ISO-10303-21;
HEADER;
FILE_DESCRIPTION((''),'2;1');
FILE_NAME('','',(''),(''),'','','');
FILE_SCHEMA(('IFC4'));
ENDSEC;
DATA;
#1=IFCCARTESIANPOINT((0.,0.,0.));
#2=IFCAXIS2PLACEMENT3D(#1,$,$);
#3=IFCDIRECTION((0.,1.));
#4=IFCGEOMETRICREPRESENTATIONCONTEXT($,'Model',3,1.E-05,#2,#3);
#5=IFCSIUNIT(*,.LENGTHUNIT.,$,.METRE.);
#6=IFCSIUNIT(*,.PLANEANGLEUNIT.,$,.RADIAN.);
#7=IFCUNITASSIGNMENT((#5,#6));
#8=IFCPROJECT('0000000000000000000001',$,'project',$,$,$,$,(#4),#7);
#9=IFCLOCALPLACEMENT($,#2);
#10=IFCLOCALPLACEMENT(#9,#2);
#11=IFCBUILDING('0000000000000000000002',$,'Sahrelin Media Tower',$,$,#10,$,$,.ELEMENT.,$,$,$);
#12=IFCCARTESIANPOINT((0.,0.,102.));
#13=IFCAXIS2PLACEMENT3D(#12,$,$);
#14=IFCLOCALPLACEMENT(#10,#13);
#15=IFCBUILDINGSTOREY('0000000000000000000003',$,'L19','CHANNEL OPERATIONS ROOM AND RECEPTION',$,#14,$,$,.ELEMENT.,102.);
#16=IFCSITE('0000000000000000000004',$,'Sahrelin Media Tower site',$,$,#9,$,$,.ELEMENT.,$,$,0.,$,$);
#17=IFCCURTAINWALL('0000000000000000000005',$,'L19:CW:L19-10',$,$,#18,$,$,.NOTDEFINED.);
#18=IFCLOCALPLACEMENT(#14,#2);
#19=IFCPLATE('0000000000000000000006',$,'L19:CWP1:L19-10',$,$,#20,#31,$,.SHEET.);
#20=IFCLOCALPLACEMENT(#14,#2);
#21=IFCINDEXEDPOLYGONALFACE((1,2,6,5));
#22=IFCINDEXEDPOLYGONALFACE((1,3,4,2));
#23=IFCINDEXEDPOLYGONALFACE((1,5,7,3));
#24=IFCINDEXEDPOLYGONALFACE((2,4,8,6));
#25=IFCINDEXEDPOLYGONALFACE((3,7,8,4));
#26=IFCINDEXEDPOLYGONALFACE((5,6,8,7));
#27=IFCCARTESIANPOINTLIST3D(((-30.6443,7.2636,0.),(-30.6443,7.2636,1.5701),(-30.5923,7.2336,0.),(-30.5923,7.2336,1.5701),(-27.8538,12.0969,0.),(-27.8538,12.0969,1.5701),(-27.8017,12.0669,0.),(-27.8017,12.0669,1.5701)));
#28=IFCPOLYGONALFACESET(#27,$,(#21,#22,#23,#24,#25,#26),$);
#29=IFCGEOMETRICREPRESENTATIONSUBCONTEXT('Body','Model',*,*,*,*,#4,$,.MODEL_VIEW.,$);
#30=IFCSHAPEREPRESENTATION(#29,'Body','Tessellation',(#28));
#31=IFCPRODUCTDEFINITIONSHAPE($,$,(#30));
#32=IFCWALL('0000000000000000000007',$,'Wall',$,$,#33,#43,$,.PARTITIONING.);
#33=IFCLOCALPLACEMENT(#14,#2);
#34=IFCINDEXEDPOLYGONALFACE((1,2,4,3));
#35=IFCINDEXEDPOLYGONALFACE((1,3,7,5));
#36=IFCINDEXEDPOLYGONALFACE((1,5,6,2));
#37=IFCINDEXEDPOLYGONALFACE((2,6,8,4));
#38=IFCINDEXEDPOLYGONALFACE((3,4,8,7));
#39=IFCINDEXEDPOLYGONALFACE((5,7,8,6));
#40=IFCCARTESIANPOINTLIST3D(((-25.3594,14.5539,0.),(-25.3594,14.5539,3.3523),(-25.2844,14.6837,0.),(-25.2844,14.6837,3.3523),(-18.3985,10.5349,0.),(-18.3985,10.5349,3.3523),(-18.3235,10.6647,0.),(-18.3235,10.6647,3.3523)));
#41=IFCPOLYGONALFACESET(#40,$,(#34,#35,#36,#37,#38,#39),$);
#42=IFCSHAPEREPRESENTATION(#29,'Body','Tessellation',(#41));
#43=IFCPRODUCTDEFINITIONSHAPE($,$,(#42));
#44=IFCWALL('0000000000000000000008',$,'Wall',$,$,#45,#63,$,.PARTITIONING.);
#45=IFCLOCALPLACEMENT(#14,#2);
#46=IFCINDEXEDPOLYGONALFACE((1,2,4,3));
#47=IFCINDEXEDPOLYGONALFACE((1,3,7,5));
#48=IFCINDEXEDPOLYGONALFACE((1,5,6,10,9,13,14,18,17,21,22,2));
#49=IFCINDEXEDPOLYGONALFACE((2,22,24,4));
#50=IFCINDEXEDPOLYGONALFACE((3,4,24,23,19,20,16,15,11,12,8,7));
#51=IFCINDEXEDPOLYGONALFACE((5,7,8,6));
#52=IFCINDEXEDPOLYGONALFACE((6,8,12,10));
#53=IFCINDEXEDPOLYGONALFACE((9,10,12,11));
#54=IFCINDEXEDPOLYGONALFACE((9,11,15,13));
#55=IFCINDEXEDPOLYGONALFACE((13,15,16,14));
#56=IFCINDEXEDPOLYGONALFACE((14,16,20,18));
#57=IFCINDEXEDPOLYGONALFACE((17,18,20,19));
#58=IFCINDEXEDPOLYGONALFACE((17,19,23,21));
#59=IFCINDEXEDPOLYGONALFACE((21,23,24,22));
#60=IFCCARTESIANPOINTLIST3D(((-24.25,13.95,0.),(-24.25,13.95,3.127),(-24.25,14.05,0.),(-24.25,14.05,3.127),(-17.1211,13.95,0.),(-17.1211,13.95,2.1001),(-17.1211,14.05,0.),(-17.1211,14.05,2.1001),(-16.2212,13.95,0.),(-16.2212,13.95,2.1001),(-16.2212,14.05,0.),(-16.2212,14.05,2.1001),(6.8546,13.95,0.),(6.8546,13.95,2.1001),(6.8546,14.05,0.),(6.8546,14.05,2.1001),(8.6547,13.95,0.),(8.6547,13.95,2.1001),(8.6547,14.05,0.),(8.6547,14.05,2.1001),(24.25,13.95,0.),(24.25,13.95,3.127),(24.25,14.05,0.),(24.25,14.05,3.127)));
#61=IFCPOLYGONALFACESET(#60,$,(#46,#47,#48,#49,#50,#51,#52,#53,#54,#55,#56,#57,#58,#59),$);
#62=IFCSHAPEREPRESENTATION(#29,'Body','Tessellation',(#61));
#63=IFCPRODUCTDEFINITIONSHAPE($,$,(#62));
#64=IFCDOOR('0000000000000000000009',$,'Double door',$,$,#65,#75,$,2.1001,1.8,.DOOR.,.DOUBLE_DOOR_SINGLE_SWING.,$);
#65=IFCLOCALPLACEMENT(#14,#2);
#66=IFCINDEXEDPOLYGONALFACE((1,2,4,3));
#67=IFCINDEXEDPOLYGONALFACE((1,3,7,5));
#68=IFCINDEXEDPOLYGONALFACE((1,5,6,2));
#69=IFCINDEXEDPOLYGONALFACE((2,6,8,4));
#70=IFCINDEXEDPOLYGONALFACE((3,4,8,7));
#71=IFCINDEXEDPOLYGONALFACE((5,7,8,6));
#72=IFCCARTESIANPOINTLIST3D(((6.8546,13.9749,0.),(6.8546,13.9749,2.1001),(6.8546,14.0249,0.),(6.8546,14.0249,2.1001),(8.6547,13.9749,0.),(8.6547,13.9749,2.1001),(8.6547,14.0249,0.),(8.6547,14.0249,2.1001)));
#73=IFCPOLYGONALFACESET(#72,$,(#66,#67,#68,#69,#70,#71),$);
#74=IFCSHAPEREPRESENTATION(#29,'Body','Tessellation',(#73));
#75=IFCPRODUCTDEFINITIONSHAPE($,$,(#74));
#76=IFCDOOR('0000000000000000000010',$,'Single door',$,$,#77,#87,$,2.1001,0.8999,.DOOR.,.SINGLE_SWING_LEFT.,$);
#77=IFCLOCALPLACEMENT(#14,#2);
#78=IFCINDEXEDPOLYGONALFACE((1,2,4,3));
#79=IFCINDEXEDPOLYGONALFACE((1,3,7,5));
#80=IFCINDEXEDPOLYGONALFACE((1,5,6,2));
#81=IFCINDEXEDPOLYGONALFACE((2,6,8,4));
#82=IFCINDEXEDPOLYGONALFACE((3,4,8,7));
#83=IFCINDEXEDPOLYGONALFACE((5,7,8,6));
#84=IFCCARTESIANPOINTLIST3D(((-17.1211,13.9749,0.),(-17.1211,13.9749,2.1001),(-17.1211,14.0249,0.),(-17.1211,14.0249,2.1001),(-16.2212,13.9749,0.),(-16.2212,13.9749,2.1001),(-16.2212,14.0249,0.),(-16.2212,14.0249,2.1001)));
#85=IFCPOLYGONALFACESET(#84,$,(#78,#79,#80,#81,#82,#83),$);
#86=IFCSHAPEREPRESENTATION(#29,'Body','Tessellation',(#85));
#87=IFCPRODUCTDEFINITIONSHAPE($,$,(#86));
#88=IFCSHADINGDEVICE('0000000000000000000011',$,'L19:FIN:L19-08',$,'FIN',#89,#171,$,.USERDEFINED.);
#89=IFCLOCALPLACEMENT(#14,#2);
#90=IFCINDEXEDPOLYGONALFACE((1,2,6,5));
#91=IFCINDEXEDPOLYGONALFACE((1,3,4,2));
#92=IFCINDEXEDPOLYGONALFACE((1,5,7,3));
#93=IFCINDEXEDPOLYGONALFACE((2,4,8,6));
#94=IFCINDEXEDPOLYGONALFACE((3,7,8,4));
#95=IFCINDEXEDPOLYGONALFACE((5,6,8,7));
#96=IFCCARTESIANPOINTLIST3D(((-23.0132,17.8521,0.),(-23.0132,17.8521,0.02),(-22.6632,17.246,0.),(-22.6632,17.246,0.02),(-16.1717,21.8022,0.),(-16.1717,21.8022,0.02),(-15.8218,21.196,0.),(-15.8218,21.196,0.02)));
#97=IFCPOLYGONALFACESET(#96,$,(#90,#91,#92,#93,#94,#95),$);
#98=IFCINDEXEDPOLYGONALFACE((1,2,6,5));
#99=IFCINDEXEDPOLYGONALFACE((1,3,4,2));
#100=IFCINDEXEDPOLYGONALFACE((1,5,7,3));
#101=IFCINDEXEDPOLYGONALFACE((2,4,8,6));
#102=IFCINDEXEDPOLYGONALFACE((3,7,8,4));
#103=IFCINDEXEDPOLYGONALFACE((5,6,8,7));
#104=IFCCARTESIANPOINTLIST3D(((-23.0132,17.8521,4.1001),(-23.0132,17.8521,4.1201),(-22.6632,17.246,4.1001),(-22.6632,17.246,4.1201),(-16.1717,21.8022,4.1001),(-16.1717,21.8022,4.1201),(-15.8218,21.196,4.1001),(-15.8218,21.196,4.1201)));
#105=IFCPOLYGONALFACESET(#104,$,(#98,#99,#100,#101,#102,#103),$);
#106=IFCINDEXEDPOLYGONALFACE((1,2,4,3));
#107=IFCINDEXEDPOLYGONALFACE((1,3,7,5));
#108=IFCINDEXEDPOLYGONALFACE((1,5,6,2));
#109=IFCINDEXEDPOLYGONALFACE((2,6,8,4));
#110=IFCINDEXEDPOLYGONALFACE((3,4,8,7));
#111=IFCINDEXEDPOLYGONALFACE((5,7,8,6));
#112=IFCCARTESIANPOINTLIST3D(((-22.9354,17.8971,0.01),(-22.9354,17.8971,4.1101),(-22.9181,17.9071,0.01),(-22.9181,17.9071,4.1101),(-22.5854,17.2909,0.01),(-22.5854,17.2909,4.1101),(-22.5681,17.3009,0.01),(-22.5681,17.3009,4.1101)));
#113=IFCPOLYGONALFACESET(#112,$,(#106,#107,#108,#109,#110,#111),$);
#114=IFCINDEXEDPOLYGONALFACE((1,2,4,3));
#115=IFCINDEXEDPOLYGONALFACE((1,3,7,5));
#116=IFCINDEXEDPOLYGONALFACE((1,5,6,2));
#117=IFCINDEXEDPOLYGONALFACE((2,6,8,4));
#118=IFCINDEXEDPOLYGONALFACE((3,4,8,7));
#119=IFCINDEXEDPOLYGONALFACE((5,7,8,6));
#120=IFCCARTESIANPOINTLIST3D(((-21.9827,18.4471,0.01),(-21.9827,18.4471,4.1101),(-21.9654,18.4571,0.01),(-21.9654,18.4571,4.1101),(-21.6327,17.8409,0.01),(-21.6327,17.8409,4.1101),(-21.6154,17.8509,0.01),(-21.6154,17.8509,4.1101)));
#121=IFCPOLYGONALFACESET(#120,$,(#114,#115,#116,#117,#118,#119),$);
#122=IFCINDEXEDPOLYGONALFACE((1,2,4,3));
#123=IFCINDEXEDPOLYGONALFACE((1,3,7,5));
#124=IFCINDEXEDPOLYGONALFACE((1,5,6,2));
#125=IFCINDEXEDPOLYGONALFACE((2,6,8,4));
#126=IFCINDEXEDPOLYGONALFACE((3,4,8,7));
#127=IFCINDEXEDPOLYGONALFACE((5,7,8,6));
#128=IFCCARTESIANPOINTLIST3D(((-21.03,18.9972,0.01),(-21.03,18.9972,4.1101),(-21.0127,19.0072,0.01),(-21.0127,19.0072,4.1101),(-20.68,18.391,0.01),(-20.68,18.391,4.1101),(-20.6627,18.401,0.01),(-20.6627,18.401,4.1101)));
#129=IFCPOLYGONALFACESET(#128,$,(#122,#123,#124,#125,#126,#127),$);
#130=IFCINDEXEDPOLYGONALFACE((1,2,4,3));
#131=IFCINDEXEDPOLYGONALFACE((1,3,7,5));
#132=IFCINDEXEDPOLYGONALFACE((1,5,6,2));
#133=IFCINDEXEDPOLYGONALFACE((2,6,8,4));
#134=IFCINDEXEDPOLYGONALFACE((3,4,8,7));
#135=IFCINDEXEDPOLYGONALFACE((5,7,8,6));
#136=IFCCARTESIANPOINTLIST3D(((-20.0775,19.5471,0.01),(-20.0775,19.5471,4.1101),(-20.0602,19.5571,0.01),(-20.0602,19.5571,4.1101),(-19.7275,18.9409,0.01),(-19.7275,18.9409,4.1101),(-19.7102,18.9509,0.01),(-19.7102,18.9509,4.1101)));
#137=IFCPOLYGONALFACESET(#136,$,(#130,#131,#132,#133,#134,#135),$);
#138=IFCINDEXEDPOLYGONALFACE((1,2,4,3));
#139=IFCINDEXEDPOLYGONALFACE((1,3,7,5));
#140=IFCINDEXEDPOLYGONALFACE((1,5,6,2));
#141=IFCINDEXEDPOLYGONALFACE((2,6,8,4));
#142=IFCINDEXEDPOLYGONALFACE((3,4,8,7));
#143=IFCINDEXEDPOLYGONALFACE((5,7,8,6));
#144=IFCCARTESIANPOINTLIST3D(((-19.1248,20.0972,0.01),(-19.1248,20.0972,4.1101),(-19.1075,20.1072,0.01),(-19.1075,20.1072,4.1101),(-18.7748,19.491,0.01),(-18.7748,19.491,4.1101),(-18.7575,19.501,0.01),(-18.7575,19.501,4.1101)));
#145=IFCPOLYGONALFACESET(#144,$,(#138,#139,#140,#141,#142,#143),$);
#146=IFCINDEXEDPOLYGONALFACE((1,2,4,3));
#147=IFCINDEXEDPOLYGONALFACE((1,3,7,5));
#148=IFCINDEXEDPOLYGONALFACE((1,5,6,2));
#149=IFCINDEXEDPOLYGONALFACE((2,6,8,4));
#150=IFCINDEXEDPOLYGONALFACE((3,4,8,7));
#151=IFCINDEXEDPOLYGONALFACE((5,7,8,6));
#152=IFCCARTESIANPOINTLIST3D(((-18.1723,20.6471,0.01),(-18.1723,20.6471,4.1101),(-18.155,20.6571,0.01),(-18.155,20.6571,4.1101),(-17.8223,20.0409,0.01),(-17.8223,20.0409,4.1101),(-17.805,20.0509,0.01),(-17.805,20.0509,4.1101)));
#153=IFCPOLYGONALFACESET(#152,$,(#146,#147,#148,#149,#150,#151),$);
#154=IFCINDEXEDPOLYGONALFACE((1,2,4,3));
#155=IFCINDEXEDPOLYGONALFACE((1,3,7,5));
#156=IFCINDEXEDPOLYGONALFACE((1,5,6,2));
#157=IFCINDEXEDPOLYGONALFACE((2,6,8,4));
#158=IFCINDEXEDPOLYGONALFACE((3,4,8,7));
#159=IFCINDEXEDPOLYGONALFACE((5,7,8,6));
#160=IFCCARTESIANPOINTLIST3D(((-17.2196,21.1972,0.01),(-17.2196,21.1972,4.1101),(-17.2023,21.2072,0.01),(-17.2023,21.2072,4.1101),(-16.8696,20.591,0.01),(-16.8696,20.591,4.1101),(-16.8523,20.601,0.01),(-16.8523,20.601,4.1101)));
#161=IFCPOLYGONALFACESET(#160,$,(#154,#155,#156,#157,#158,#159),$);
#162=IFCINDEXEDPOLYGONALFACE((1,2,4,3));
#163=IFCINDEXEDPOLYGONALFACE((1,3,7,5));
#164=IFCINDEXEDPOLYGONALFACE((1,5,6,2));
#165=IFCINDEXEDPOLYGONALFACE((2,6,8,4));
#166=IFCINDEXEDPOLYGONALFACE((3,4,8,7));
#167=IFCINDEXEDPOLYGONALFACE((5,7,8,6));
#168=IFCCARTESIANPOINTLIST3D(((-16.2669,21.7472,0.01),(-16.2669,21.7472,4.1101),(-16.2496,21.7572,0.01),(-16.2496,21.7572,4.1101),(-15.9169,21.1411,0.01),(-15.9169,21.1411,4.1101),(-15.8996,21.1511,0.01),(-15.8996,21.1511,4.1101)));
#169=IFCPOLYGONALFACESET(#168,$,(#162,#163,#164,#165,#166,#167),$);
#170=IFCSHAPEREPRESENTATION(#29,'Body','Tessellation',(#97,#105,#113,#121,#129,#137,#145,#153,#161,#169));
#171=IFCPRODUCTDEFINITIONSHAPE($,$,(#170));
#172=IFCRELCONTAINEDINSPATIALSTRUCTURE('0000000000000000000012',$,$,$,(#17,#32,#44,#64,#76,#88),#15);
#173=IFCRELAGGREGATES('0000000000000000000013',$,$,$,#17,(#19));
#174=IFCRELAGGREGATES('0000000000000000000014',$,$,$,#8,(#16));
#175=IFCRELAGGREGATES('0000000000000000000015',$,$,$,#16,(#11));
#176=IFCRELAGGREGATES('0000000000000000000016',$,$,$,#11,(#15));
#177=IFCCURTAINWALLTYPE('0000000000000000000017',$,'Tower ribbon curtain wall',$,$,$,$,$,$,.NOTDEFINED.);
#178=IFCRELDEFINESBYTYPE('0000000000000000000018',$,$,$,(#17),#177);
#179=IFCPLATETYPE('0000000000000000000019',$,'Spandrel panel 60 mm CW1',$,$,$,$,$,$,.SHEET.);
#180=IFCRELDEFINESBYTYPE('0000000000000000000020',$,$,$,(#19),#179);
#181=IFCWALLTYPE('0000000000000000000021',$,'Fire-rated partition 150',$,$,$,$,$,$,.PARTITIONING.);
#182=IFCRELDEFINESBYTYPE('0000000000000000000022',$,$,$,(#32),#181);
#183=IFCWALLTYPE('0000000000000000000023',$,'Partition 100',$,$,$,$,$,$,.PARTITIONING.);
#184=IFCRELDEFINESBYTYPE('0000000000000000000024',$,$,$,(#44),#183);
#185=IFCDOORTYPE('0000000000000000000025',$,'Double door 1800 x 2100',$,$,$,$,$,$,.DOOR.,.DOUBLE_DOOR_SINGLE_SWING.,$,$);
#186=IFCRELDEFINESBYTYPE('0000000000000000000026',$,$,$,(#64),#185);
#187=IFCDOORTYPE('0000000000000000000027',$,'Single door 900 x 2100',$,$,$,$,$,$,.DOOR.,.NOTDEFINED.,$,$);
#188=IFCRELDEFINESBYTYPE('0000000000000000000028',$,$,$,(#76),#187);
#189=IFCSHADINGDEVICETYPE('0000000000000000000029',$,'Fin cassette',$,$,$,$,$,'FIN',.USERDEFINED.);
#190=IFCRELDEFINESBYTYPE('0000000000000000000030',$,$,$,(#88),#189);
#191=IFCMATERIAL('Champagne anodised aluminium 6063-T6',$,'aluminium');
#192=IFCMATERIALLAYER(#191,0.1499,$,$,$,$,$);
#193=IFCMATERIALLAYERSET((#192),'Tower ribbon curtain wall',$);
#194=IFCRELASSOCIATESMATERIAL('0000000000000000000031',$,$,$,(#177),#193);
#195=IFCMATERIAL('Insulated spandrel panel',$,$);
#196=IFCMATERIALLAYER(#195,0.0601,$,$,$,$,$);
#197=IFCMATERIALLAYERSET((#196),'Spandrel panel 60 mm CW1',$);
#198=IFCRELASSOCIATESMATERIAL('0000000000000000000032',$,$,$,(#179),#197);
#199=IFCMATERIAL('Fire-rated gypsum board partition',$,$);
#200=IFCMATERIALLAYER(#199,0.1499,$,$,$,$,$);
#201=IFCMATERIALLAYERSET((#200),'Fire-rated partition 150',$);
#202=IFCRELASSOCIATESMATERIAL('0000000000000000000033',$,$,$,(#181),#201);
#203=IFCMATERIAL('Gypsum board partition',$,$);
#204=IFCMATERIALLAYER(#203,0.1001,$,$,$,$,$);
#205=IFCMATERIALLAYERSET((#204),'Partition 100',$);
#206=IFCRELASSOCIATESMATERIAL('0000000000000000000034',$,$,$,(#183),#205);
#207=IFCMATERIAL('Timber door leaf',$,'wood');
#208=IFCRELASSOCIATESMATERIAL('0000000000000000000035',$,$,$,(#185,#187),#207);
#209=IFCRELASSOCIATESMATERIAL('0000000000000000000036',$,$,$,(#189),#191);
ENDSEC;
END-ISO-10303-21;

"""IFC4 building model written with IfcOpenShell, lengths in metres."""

from ifc_helpers import new_model, si_unit, direction, frame, frame_2d, origin, origin_2d, place, context, subcontext, project, spatial, polyline, rectangle, outline, extrude, material, layer, layer_set, type_object, element, fill, aggregate, save


model = new_model("IFC4")

# Units and contexts
model_context = context("Model", 3, precision=1e-05, world=origin(), true_north=direction((0.0, 1.0)))
body_context = subcontext(model_context, "Body", "Model", "MODEL_VIEW")
ifc_project = project(units=[si_unit("LENGTHUNIT", "METRE"), si_unit("PLANEANGLEUNIT", "RADIAN")], contexts=[model_context])

# Site, building, storey
site_placement = place(None, origin())
site = spatial("IfcSite", under=ifc_project, at=site_placement, Name="Sahrelin Media Tower site", CompositionType="ELEMENT", RefElevation=0.0)
building_placement = place(site_placement, origin())
building = spatial("IfcBuilding", under=site, at=building_placement, Name="Sahrelin Media Tower", CompositionType="ELEMENT")
storey_placement = place(building_placement, frame((0.0, 0.0, 102.0)))
storey = spatial("IfcBuildingStorey", under=building, at=storey_placement, Name="L19", Description="CHANNEL OPERATIONS ROOM AND RECEPTION", CompositionType="ELEMENT", Elevation=102.0)

# Shared definitions
ifc_material_1 = material(Name="Champagne anodised aluminium 6063-T6", Category="aluminium")
ifc_layer_1 = layer(ifc_material_1, 0.1499)
ifc_layer_set_1 = layer_set([ifc_layer_1], Name="Tower ribbon curtain wall")
curtain_wall_type = type_object("IfcCurtainWallType", Name="Tower ribbon curtain wall", PredefinedType="NOTDEFINED", material=ifc_layer_set_1)

# Curtain wall
curtain_wall_1_placement = place(storey_placement, frame((-29.2317, 9.6704, 0.0), z_axis=(0.0, 0.0, 1.0), x_axis=(1.0, 0.0, 0.0)))
curtain_wall_1 = element("IfcCurtainWall", 1, at=curtain_wall_1_placement, inside=storey, type_object=curtain_wall_type, Name="L19:CW:L19-10", PredefinedType="NOTDEFINED")

# Plate
ifc_material_2 = material(Name="Insulated spandrel panel")
ifc_layer_2 = layer(ifc_material_2, 0.0601)
ifc_layer_set_2 = layer_set([ifc_layer_2], Name="Spandrel panel 60 mm CW1")
plate_type_1 = type_object("IfcPlateType", Name="Spandrel panel 60 mm CW1", PredefinedType="SHEET", material=ifc_layer_set_2)
plate_1_placement = place(storey_placement, frame((-27.8538, 12.0969, 0.0), z_axis=(-0.866022, 0.500006, 0.0), x_axis=(-0.500006, -0.866022, 0.0)))
plate_1 = element("IfcPlate", 2, at=plate_1_placement, type_object=plate_type_1, Name="L19:CWP1:L19-10", PredefinedType="SHEET", context=body_context, shape_type="SweptSolid", body=[
    extrude(outline(polyline([(0.0, 0.0), (5.5811, 0.0), (5.5811, 1.5701), (0.0, 1.5701), (0.0, 0.0)])), origin(), (0.0, 0.0, -1.0), 0.0601),
])
aggregate(curtain_wall_1, [plate_1])

# Wall
ifc_material_3 = material(Name="Fire-rated gypsum board partition")
ifc_layer_3 = layer(ifc_material_3, 0.1499)
ifc_layer_set_3 = layer_set([ifc_layer_3], Name="Fire-rated partition 150")
wall_type_1 = type_object("IfcWallType", Name="Fire-rated partition 150", PredefinedType="PARTITIONING", material=ifc_layer_set_3)
wall_1_placement = place(storey_placement, frame((-25.322, 14.6189, 0.0), z_axis=(0.0, 0.0, 1.0), x_axis=(0.866018, -0.500013, 0.0)))
element("IfcWall", 3, at=wall_1_placement, inside=storey, type_object=wall_type_1, Name="Wall", PredefinedType="PARTITIONING", context=body_context, shape_type="SweptSolid", body=[
    extrude(rectangle(XDim=8.0378, YDim=0.1499, at=frame_2d((4.019, 0.0))), origin(), (0.0, 0.0, 1.0), 3.3523),
])

# Wall, openings, doors
ifc_material_4 = material(Name="Gypsum board partition")
ifc_layer_4 = layer(ifc_material_4, 0.1001)
ifc_layer_set_4 = layer_set([ifc_layer_4], Name="Partition 100")
wall_type_2 = type_object("IfcWallType", Name="Partition 100", PredefinedType="PARTITIONING", material=ifc_layer_set_4)
wall_2_placement = place(storey_placement, frame((-24.25, 14.0, 0.0), z_axis=(0.0, 0.0, 1.0), x_axis=(1.0, 0.0, 0.0)))
wall_2 = element("IfcWall", 4, at=wall_2_placement, inside=storey, type_object=wall_type_2, Name="Wall", PredefinedType="PARTITIONING", context=body_context, shape_type="SweptSolid", body=[
    extrude(rectangle(XDim=48.5, YDim=0.1001, at=frame_2d((24.25, 0.0))), origin(), (0.0, 0.0, 1.0), 3.127),
])
opening_1_placement = place(wall_2_placement, frame((31.1047, 0.0, 0.0)))
opening_1 = element("IfcOpeningElement", 5, at=opening_1_placement, cuts=wall_2, PredefinedType="OPENING", context=body_context, shape_type="SweptSolid", body=[
    extrude(rectangle(XDim=1.8, YDim=2.1001, at=frame_2d((0.8999, 1.05))), frame((0.0, 0.05, 0.0), z_axis=(0.0, -1.0, 0.0), x_axis=(1.0, 0.0, 0.0)), (0.0, 0.0, 1.0), 0.1001),
])
opening_2_placement = place(wall_2_placement, frame((7.1289, 0.0, 0.0)))
opening_2 = element("IfcOpeningElement", 6, at=opening_2_placement, cuts=wall_2, PredefinedType="OPENING", context=body_context, shape_type="SweptSolid", body=[
    extrude(rectangle(XDim=0.8999, YDim=2.1001, at=frame_2d((0.45, 1.05))), frame((0.0, 0.05, 0.0), z_axis=(0.0, -1.0, 0.0), x_axis=(1.0, 0.0, 0.0)), (0.0, 0.0, 1.0), 0.1001),
])
ifc_material_5 = material(Name="Timber door leaf", Category="wood")
door_type_1 = type_object("IfcDoorType", Name="Double door 1800 x 2100", OperationType="DOUBLE_DOOR_SINGLE_SWING", PredefinedType="DOOR", material=ifc_material_5)
door_1_placement = place(opening_1_placement, origin())
door_1 = element("IfcDoor", 7, at=door_1_placement, inside=storey, type_object=door_type_1, Name="Double door", OperationType="DOUBLE_DOOR_SINGLE_SWING", OverallHeight=2.1001, OverallWidth=1.8, PredefinedType="DOOR", context=body_context, shape_type="SweptSolid", body=[
    extrude(rectangle(XDim=1.8, YDim=2.1001, at=frame_2d((0.8999, 1.05))), frame((0.0, 0.0249, 0.0), z_axis=(0.0, -1.0, 0.0), x_axis=(1.0, 0.0, 0.0)), (0.0, 0.0, 1.0), 0.05),
])
fill(opening_1, door_1)
door_type_2 = type_object("IfcDoorType", Name="Single door 900 x 2100", OperationType="NOTDEFINED", PredefinedType="DOOR", material=ifc_material_5)
door_2_placement = place(opening_2_placement, origin())
door_2 = element("IfcDoor", 8, at=door_2_placement, inside=storey, type_object=door_type_2, Name="Single door", OperationType="SINGLE_SWING_LEFT", OverallHeight=2.1001, OverallWidth=0.8999, PredefinedType="DOOR", context=body_context, shape_type="SweptSolid", body=[
    extrude(rectangle(XDim=0.8999, YDim=2.1001, at=frame_2d((0.45, 1.05))), frame((0.0, 0.0249, 0.0), z_axis=(0.0, -1.0, 0.0), x_axis=(1.0, 0.0, 0.0)), (0.0, 0.0, 1.0), 0.05),
])
fill(opening_2, door_2)

# Shading device
shading_device_type_1 = type_object("IfcShadingDeviceType", Name="Fin cassette", ElementType="FIN", PredefinedType="USERDEFINED", material=ifc_material_1)
placement_1 = place(storey_placement, frame((-19.2075, 19.1604, 0.0), z_axis=(0.0, 0.0, 1.0), x_axis=(0.866019, 0.500011, 0.0)))
element("IfcShadingDevice", 9, at=placement_1, inside=storey, type_object=shading_device_type_1, Name="L19:FIN:L19-08", ObjectType="FIN", PredefinedType="USERDEFINED", context=body_context, shape_type="SweptSolid", body=[
    extrude(rectangle(XDim=7.8999, YDim=0.7, at=origin_2d()), frame((0.0, 0.4199, 0.0)), (0.0, 0.0, 1.0), 0.02),
    extrude(rectangle(XDim=7.8999, YDim=0.7, at=origin_2d()), frame((0.0, 0.4199, 4.1001)), (0.0, 0.0, 1.0), 0.02),
    extrude(rectangle(XDim=0.02, YDim=0.7, at=origin_2d()), frame((-3.8501, 0.4199, 0.01), z_axis=(0.0, 0.0, 1.0), x_axis=(1.0, 0.0, 0.0)), (0.0, 0.0, 1.0), 4.1001),
    extrude(rectangle(XDim=0.02, YDim=0.7, at=origin_2d()), frame((-2.75, 0.4199, 0.01), z_axis=(0.0, 0.0, 1.0), x_axis=(1.0, 0.0, 0.0)), (0.0, 0.0, 1.0), 4.1001),
    extrude(rectangle(XDim=0.02, YDim=0.7, at=origin_2d()), frame((-1.6499, 0.4199, 0.01), z_axis=(0.0, 0.0, 1.0), x_axis=(1.0, 0.0, 0.0)), (0.0, 0.0, 1.0), 4.1001),
    extrude(rectangle(XDim=0.02, YDim=0.7, at=origin_2d()), frame((-0.55, 0.4199, 0.01), z_axis=(0.0, 0.0, 1.0), x_axis=(1.0, 0.0, 0.0)), (0.0, 0.0, 1.0), 4.1001),
    extrude(rectangle(XDim=0.02, YDim=0.7, at=origin_2d()), frame((0.55, 0.4199, 0.01), z_axis=(0.0, 0.0, 1.0), x_axis=(1.0, 0.0, 0.0)), (0.0, 0.0, 1.0), 4.1001),
    extrude(rectangle(XDim=0.02, YDim=0.7, at=origin_2d()), frame((1.6499, 0.4199, 0.01), z_axis=(0.0, 0.0, 1.0), x_axis=(1.0, 0.0, 0.0)), (0.0, 0.0, 1.0), 4.1001),
    extrude(rectangle(XDim=0.02, YDim=0.7, at=origin_2d()), frame((2.75, 0.4199, 0.01), z_axis=(0.0, 0.0, 1.0), x_axis=(1.0, 0.0, 0.0)), (0.0, 0.0, 1.0), 4.1001),
    extrude(rectangle(XDim=0.02, YDim=0.7, at=origin_2d()), frame((3.8501, 0.4199, 0.01), z_axis=(0.0, 0.0, 1.0), x_axis=(1.0, 0.0, 0.0)), (0.0, 0.0, 1.0), 4.1001),
])

save(model, "model.ifc")
